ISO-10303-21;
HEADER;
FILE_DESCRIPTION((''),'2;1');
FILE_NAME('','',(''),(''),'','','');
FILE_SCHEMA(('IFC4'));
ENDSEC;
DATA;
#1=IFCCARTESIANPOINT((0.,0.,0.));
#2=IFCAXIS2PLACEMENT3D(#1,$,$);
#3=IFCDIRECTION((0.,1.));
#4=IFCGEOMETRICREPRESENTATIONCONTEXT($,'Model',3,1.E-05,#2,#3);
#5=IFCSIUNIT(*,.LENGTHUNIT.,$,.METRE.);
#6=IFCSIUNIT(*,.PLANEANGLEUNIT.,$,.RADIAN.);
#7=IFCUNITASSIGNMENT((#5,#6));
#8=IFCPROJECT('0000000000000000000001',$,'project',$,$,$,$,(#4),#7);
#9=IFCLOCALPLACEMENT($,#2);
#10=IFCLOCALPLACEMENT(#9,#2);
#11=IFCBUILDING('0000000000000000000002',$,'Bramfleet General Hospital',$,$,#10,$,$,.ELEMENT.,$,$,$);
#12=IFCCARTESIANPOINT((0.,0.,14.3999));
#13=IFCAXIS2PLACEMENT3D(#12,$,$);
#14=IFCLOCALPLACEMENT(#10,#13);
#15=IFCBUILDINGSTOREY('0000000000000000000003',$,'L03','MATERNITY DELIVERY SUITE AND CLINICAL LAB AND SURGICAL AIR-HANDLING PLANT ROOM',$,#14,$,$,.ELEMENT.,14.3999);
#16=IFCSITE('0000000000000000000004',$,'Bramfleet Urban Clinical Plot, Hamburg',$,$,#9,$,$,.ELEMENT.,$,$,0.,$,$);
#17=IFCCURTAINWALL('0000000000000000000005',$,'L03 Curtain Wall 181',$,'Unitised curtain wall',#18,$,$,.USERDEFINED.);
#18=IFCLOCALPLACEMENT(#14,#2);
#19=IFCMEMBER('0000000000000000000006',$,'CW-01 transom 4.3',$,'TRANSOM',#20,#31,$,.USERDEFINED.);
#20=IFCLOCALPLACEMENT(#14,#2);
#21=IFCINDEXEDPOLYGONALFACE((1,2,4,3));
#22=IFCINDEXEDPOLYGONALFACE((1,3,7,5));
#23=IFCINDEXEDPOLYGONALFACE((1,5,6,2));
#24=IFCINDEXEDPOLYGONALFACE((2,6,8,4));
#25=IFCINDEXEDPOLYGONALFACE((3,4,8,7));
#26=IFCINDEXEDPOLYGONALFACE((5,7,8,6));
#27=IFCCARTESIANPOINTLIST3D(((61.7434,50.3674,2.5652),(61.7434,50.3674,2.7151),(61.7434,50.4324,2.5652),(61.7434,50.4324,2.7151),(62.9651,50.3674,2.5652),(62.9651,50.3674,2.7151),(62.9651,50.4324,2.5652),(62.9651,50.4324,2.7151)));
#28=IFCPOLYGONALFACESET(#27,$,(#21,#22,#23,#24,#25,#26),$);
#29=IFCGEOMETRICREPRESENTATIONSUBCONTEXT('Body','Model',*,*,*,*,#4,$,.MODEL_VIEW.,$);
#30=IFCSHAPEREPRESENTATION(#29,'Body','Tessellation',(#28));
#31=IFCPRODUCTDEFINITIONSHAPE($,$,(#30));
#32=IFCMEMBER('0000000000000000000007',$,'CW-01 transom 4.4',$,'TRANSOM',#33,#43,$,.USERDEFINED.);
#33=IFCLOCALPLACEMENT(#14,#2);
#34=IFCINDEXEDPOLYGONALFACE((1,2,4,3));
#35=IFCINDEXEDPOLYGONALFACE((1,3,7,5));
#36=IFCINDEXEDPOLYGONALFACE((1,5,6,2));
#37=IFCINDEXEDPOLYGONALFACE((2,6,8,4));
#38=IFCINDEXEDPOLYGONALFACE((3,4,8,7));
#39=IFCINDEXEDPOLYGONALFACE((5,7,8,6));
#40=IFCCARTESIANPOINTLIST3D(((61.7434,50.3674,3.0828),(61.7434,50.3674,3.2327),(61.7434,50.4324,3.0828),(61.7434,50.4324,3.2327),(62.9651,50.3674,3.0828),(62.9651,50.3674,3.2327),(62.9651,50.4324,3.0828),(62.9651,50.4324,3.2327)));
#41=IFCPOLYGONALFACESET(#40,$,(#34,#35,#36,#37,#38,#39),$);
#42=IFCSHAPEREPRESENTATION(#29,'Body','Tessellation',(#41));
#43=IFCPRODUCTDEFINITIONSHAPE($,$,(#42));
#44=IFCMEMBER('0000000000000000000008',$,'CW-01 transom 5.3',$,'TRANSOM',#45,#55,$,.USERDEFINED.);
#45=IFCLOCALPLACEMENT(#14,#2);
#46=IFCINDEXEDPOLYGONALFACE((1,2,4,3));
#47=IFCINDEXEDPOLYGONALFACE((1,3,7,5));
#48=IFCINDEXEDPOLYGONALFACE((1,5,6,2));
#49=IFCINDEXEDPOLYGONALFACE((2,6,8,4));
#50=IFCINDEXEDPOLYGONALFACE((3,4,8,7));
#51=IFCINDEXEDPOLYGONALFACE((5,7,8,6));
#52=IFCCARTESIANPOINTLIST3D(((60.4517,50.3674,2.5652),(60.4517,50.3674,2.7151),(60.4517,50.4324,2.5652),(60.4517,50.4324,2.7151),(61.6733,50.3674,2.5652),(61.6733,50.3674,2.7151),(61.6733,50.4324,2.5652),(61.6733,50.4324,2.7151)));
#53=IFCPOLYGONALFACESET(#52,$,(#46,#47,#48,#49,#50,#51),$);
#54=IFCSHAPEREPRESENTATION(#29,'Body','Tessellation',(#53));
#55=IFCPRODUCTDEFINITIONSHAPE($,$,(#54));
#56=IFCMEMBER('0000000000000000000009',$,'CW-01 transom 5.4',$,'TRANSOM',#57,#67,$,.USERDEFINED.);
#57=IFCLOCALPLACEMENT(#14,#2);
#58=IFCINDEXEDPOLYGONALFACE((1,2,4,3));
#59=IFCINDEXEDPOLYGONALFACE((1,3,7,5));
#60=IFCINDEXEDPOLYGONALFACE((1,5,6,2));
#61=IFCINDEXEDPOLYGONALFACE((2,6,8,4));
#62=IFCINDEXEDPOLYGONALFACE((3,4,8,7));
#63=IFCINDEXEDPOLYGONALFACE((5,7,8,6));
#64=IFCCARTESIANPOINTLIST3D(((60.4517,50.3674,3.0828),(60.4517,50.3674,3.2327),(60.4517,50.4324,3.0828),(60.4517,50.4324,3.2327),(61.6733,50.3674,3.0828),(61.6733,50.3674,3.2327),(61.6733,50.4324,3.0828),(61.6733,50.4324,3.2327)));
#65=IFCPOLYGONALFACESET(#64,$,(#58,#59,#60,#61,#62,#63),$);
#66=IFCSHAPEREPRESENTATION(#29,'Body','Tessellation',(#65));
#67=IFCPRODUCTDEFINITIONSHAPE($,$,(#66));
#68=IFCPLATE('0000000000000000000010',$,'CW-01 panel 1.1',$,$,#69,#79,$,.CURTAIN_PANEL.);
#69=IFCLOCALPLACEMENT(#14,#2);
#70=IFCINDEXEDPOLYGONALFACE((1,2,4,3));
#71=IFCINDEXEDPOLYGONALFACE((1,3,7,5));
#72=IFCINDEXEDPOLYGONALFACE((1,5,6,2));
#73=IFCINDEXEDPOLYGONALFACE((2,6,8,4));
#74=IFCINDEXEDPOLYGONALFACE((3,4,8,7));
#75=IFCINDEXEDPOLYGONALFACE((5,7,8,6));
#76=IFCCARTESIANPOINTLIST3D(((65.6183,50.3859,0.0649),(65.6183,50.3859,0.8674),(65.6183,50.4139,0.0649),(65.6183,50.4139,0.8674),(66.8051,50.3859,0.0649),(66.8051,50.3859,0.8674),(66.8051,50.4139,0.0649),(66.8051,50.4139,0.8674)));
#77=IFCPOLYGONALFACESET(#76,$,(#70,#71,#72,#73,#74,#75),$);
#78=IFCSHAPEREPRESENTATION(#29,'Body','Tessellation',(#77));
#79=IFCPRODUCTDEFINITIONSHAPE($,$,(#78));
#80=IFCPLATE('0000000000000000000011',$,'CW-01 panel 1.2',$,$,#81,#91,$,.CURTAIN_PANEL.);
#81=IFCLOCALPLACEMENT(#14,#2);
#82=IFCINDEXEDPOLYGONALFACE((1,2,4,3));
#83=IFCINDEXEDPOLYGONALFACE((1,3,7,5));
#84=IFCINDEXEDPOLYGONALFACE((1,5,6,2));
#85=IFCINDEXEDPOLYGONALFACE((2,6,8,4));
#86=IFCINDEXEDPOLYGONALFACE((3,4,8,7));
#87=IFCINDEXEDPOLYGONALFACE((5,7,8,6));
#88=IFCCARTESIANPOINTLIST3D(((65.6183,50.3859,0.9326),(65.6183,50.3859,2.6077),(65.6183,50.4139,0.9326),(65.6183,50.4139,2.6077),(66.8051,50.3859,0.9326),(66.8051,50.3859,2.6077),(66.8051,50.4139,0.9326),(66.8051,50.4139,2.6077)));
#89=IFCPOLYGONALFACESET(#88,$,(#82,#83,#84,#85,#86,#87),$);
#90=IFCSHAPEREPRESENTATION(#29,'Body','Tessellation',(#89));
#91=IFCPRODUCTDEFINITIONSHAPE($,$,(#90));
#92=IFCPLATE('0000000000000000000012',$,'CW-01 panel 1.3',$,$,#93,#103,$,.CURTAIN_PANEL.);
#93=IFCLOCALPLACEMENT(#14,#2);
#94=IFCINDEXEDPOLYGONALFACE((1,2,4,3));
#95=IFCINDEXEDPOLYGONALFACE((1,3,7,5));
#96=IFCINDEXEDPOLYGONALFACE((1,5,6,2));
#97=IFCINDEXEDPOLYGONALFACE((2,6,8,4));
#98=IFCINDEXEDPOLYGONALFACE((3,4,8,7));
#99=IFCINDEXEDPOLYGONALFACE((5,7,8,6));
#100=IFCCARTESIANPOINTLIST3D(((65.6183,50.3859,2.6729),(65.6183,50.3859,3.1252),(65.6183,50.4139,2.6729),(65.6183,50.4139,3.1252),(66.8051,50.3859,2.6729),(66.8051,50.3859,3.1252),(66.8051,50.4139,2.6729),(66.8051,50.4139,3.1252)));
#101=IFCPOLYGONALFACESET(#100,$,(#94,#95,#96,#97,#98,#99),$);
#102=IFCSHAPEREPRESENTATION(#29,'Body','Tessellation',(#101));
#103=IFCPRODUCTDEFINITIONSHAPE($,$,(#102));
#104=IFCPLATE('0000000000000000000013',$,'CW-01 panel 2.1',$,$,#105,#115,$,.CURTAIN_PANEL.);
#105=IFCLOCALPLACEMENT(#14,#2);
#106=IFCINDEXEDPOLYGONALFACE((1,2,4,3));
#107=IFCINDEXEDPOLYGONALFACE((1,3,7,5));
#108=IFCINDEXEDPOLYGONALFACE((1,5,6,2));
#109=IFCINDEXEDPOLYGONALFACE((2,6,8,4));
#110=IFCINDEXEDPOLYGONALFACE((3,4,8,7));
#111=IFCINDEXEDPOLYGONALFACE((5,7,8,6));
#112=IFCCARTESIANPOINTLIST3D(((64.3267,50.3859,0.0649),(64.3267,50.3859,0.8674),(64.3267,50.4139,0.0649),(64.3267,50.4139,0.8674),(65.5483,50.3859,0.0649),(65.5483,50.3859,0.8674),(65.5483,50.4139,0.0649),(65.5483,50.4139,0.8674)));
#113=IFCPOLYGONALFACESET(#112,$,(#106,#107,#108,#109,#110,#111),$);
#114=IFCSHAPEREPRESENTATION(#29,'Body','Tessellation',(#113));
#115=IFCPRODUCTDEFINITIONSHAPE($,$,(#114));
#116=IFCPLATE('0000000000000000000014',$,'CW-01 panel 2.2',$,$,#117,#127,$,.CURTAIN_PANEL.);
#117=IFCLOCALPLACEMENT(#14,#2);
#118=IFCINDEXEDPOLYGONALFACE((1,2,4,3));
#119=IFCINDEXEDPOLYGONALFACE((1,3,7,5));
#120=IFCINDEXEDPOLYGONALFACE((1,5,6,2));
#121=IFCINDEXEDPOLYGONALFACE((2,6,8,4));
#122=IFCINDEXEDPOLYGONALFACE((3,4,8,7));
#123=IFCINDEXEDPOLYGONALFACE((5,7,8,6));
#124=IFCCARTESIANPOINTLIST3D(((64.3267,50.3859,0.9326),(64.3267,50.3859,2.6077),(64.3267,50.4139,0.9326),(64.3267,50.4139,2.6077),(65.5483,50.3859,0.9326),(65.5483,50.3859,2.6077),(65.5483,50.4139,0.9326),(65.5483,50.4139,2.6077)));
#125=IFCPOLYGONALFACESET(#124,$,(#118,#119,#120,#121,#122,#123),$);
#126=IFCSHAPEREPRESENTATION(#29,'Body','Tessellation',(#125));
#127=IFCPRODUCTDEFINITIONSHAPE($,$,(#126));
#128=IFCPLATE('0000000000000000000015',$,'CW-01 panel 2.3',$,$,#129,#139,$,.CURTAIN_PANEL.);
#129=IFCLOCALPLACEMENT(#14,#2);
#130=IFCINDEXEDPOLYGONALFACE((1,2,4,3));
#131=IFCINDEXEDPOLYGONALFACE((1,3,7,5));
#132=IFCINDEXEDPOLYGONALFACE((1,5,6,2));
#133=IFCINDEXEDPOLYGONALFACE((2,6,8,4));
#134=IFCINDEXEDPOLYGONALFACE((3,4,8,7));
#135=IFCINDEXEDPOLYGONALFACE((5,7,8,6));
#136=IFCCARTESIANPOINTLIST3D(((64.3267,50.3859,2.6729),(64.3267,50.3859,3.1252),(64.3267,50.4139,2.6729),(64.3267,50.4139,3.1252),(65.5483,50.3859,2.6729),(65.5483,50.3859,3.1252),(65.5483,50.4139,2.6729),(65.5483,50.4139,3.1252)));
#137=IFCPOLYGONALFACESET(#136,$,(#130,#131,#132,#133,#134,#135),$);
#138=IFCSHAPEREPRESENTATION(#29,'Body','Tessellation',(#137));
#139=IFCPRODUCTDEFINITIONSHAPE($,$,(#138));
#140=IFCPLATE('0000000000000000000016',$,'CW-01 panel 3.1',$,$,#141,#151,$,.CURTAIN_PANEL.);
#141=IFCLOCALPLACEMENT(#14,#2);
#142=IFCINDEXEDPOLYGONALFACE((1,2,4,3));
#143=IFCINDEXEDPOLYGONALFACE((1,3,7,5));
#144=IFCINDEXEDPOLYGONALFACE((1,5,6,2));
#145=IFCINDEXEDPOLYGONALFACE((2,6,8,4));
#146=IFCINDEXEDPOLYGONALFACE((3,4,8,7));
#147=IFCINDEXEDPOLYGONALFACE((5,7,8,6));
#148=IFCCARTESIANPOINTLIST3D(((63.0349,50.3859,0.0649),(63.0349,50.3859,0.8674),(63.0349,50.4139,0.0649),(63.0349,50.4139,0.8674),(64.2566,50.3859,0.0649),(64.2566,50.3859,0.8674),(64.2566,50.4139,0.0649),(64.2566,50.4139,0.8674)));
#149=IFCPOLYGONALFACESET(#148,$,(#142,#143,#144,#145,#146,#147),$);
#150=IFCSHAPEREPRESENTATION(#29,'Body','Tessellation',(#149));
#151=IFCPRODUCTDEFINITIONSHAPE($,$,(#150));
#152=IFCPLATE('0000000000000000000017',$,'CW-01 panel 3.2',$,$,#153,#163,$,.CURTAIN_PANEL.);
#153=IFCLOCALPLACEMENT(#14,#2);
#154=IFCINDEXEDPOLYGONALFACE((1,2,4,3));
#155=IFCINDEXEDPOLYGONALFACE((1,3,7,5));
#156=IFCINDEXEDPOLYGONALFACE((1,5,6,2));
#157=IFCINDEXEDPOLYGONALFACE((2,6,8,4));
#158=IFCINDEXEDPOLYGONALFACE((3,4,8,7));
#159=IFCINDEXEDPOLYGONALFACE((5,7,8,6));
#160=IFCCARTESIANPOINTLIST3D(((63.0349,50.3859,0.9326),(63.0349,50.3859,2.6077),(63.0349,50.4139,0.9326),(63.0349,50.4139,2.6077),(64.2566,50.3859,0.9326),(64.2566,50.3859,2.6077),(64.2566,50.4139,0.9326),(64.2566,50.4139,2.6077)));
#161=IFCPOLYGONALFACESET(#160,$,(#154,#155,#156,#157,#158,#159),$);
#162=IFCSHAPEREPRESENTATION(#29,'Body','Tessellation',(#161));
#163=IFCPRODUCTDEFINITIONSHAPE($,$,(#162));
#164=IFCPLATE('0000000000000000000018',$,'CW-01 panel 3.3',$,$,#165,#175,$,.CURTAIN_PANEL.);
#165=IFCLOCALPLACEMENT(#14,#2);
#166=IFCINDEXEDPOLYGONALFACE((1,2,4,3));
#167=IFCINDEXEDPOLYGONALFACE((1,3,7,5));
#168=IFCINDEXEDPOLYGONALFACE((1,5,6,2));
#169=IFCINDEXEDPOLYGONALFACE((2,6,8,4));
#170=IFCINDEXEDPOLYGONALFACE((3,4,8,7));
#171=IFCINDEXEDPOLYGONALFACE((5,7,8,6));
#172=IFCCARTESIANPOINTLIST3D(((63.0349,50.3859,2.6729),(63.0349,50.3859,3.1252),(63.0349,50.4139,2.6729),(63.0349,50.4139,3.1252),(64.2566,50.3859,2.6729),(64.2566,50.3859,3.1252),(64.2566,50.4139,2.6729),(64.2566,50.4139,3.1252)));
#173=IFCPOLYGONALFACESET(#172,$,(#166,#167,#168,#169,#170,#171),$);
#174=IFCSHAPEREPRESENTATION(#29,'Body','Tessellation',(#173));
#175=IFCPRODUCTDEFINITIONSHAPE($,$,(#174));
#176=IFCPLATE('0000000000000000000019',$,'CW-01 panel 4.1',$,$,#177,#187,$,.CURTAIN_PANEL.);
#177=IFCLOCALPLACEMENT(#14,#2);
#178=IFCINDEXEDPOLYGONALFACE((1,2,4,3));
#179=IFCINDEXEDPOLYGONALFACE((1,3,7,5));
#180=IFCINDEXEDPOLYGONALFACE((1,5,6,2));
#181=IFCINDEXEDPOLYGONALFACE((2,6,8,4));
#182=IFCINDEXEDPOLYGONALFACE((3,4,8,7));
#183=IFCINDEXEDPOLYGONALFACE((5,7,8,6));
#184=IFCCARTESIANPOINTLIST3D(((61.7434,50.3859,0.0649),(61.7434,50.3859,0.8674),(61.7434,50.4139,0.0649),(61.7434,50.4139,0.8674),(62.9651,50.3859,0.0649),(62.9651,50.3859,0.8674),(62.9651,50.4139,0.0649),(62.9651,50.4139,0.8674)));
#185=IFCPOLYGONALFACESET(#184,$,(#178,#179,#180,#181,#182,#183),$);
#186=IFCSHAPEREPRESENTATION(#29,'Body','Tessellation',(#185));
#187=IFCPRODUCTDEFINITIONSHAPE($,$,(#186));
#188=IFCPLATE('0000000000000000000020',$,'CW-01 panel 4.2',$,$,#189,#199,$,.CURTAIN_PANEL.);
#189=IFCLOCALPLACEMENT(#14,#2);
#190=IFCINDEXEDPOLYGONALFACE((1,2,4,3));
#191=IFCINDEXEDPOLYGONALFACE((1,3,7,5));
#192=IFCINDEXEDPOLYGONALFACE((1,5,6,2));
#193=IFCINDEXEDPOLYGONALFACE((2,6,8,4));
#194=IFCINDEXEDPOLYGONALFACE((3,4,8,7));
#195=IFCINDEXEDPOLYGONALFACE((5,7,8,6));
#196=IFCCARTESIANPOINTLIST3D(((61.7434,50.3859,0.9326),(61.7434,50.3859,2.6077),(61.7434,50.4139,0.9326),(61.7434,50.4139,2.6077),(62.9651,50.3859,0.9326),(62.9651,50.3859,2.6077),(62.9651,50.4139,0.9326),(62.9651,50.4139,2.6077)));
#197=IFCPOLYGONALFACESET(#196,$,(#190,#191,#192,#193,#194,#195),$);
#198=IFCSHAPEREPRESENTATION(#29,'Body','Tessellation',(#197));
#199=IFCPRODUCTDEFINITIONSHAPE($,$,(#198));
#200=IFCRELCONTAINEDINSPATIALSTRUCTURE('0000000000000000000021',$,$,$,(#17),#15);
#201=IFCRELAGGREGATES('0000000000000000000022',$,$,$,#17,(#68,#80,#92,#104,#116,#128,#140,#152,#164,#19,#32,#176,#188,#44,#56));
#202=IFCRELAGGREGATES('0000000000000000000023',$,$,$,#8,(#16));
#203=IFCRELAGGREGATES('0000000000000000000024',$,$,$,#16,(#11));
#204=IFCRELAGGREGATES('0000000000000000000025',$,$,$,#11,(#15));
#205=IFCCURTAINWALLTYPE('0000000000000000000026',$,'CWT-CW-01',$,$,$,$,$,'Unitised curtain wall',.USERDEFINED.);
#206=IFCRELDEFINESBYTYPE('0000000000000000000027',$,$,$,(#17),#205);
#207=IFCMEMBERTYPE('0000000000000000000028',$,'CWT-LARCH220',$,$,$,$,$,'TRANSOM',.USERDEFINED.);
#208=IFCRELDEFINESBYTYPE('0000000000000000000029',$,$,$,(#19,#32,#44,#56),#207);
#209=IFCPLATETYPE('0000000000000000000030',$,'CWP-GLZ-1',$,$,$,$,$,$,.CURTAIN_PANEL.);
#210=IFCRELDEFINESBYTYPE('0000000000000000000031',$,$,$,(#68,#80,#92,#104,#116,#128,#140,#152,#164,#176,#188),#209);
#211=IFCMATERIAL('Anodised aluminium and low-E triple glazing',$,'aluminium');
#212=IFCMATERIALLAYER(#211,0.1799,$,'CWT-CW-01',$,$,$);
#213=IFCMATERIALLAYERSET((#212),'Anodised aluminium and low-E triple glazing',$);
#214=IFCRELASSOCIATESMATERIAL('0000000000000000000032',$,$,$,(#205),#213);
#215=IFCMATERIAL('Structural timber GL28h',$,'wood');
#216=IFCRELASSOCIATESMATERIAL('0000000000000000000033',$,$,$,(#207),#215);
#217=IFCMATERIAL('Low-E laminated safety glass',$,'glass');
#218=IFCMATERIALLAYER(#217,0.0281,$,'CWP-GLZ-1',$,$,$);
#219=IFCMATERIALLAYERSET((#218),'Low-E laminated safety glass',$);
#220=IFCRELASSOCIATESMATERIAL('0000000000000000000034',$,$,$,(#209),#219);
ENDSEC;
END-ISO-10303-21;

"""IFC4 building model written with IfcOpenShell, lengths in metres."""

from ifc_helpers import new_model, si_unit, direction, frame, origin, origin_2d, place, context, subcontext, project, spatial, rectangle, extrude, material, layer, layer_set, material_profile, profile_set, type_object, element, aggregate, save


model = new_model("IFC4")

# Units and contexts
model_context = context("Model", 3, precision=1e-05, world=origin(), true_north=direction((0.0, 1.0)))
body_context = subcontext(model_context, "Body", "Model", "MODEL_VIEW")
ifc_project = project(units=[si_unit("LENGTHUNIT", "METRE"), si_unit("PLANEANGLEUNIT", "RADIAN")], contexts=[model_context])

# Site, building, storey
site_placement = place(None, origin())
site = spatial("IfcSite", under=ifc_project, at=site_placement, Name="Bramfleet Urban Clinical Plot, Hamburg", CompositionType="ELEMENT", RefElevation=0.0)
building_placement = place(site_placement, origin())
building = spatial("IfcBuilding", under=site, at=building_placement, Name="Bramfleet General Hospital", CompositionType="ELEMENT")
storey_placement = place(building_placement, frame((0.0, 0.0, 14.3999)))
storey = spatial("IfcBuildingStorey", under=building, at=storey_placement, Name="L03", Description="MATERNITY DELIVERY SUITE AND CLINICAL LAB AND SURGICAL AIR-HANDLING PLANT ROOM", CompositionType="ELEMENT", Elevation=14.3999)

# Curtain wall, members, plates
ifc_material_1 = material(Name="Anodised aluminium and low-E triple glazing", Category="aluminium")
ifc_layer_1 = layer(ifc_material_1, 0.1799, Name="CWT-CW-01")
ifc_layer_set_1 = layer_set([ifc_layer_1], Name="Anodised aluminium and low-E triple glazing")
curtain_wall_type = type_object("IfcCurtainWallType", Name="CWT-CW-01", ElementType="Unitised curtain wall", PredefinedType="USERDEFINED", material=ifc_layer_set_1)
curtain_wall_placement = place(storey_placement, origin())
curtain_wall = element("IfcCurtainWall", 1, at=curtain_wall_placement, inside=storey, type_object=curtain_wall_type, Name="L03 Curtain Wall 181", ObjectType="Unitised curtain wall", PredefinedType="USERDEFINED")
ifc_material_2 = material(Name="Structural timber GL28h", Category="wood")
ifc_material_profile_1 = material_profile(ifc_material_2, rectangle(XDim=0.0649, YDim=0.1499, at=origin_2d()), Name="LARCH 150x65")
ifc_profile_set_1 = profile_set([ifc_material_profile_1], Name="Structural timber GL28h")
member_type_1 = type_object("IfcMemberType", Name="CWT-LARCH220", ElementType="TRANSOM", PredefinedType="USERDEFINED", material=ifc_profile_set_1)
member_1_placement = place(storey_placement, frame((62.9651, 50.3999, 2.6401), z_axis=(-1.0, 0.0, 0.0), x_axis=(0.0, -1.0, 0.0)))
member_1 = element("IfcMember", 2, at=member_1_placement, type_object=member_type_1, Name="CW-01 transom 4.3", ObjectType="TRANSOM", PredefinedType="USERDEFINED", context=body_context, shape_type="SweptSolid", body=[
    extrude(rectangle(XDim=0.0649, YDim=0.1499, at=origin_2d()), origin(), (0.0, 0.0, 1.0), 1.2217),
])
member_2_placement = place(storey_placement, frame((62.9651, 50.3999, 3.1577), z_axis=(-1.0, 0.0, 0.0), x_axis=(0.0, -1.0, 0.0)))
member_2 = element("IfcMember", 3, at=member_2_placement, type_object=member_type_1, Name="CW-01 transom 4.4", ObjectType="TRANSOM", PredefinedType="USERDEFINED", context=body_context, shape_type="SweptSolid", body=[
    extrude(rectangle(XDim=0.0649, YDim=0.1499, at=origin_2d()), origin(), (0.0, 0.0, 1.0), 1.2217),
])
member_3_placement = place(storey_placement, frame((61.6733, 50.3999, 2.6401), z_axis=(-1.0, 0.0, 0.0), x_axis=(0.0, -1.0, 0.0)))
member_3 = element("IfcMember", 4, at=member_3_placement, type_object=member_type_1, Name="CW-01 transom 5.3", ObjectType="TRANSOM", PredefinedType="USERDEFINED", context=body_context, shape_type="SweptSolid", body=[
    extrude(rectangle(XDim=0.0649, YDim=0.1499, at=origin_2d()), origin(), (0.0, 0.0, 1.0), 1.2217),
])
member_4_placement = place(storey_placement, frame((61.6733, 50.3999, 3.1577), z_axis=(-1.0, 0.0, 0.0), x_axis=(0.0, -1.0, 0.0)))
member_4 = element("IfcMember", 5, at=member_4_placement, type_object=member_type_1, Name="CW-01 transom 5.4", ObjectType="TRANSOM", PredefinedType="USERDEFINED", context=body_context, shape_type="SweptSolid", body=[
    extrude(rectangle(XDim=0.0649, YDim=0.1499, at=origin_2d()), origin(), (0.0, 0.0, 1.0), 1.2217),
])
ifc_material_3 = material(Name="Low-E laminated safety glass", Category="glass")
ifc_layer_2 = layer(ifc_material_3, 0.0281, Name="CWP-GLZ-1")
ifc_layer_set_2 = layer_set([ifc_layer_2], Name="Low-E laminated safety glass")
plate_type = type_object("IfcPlateType", Name="CWP-GLZ-1", PredefinedType="CURTAIN_PANEL", material=ifc_layer_set_2)
plate_1_placement = place(storey_placement, frame((66.2117, 50.3999, 0.0649), z_axis=(0.0, 0.0, 1.0), x_axis=(-1.0, 0.0, 0.0)))
plate_1 = element("IfcPlate", 6, at=plate_1_placement, type_object=plate_type, Name="CW-01 panel 1.1", PredefinedType="CURTAIN_PANEL", context=body_context, shape_type="SweptSolid", body=[
    extrude(rectangle(XDim=1.1868, YDim=0.0281, at=origin_2d()), origin(), (0.0, 0.0, 1.0), 0.8025),
])
plate_2_placement = place(storey_placement, frame((66.2117, 50.3999, 0.9326), z_axis=(0.0, 0.0, 1.0), x_axis=(-1.0, 0.0, 0.0)))
plate_2 = element("IfcPlate", 7, at=plate_2_placement, type_object=plate_type, Name="CW-01 panel 1.2", PredefinedType="CURTAIN_PANEL", context=body_context, shape_type="SweptSolid", body=[
    extrude(rectangle(XDim=1.1868, YDim=0.0281, at=origin_2d()), origin(), (0.0, 0.0, 1.0), 1.675),
])
plate_3_placement = place(storey_placement, frame((66.2117, 50.3999, 2.6729), z_axis=(0.0, 0.0, 1.0), x_axis=(-1.0, 0.0, 0.0)))
plate_3 = element("IfcPlate", 8, at=plate_3_placement, type_object=plate_type, Name="CW-01 panel 1.3", PredefinedType="CURTAIN_PANEL", context=body_context, shape_type="SweptSolid", body=[
    extrude(rectangle(XDim=1.1868, YDim=0.0281, at=origin_2d()), origin(), (0.0, 0.0, 1.0), 0.4524),
])
plate_4_placement = place(storey_placement, frame((64.9375, 50.3999, 0.0649), z_axis=(0.0, 0.0, 1.0), x_axis=(-1.0, 0.0, 0.0)))
plate_4 = element("IfcPlate", 9, at=plate_4_placement, type_object=plate_type, Name="CW-01 panel 2.1", PredefinedType="CURTAIN_PANEL", context=body_context, shape_type="SweptSolid", body=[
    extrude(rectangle(XDim=1.2217, YDim=0.0281, at=origin_2d()), origin(), (0.0, 0.0, 1.0), 0.8025),
])
plate_5_placement = place(storey_placement, frame((64.9375, 50.3999, 0.9326), z_axis=(0.0, 0.0, 1.0), x_axis=(-1.0, 0.0, 0.0)))
plate_5 = element("IfcPlate", 10, at=plate_5_placement, type_object=plate_type, Name="CW-01 panel 2.2", PredefinedType="CURTAIN_PANEL", context=body_context, shape_type="SweptSolid", body=[
    extrude(rectangle(XDim=1.2217, YDim=0.0281, at=origin_2d()), origin(), (0.0, 0.0, 1.0), 1.675),
])
plate_6_placement = place(storey_placement, frame((64.9375, 50.3999, 2.6729), z_axis=(0.0, 0.0, 1.0), x_axis=(-1.0, 0.0, 0.0)))
plate_6 = element("IfcPlate", 11, at=plate_6_placement, type_object=plate_type, Name="CW-01 panel 2.3", PredefinedType="CURTAIN_PANEL", context=body_context, shape_type="SweptSolid", body=[
    extrude(rectangle(XDim=1.2217, YDim=0.0281, at=origin_2d()), origin(), (0.0, 0.0, 1.0), 0.4524),
])
plate_7_placement = place(storey_placement, frame((63.6458, 50.3999, 0.0649), z_axis=(0.0, 0.0, 1.0), x_axis=(-1.0, 0.0, 0.0)))
plate_7 = element("IfcPlate", 12, at=plate_7_placement, type_object=plate_type, Name="CW-01 panel 3.1", PredefinedType="CURTAIN_PANEL", context=body_context, shape_type="SweptSolid", body=[
    extrude(rectangle(XDim=1.2217, YDim=0.0281, at=origin_2d()), origin(), (0.0, 0.0, 1.0), 0.8025),
])
plate_8_placement = place(storey_placement, frame((63.6458, 50.3999, 0.9326), z_axis=(0.0, 0.0, 1.0), x_axis=(-1.0, 0.0, 0.0)))
plate_8 = element("IfcPlate", 13, at=plate_8_placement, type_object=plate_type, Name="CW-01 panel 3.2", PredefinedType="CURTAIN_PANEL", context=body_context, shape_type="SweptSolid", body=[
    extrude(rectangle(XDim=1.2217, YDim=0.0281, at=origin_2d()), origin(), (0.0, 0.0, 1.0), 1.675),
])
plate_9_placement = place(storey_placement, frame((63.6458, 50.3999, 2.6729), z_axis=(0.0, 0.0, 1.0), x_axis=(-1.0, 0.0, 0.0)))
plate_9 = element("IfcPlate", 14, at=plate_9_placement, type_object=plate_type, Name="CW-01 panel 3.3", PredefinedType="CURTAIN_PANEL", context=body_context, shape_type="SweptSolid", body=[
    extrude(rectangle(XDim=1.2217, YDim=0.0281, at=origin_2d()), origin(), (0.0, 0.0, 1.0), 0.4524),
])
plate_10_placement = place(storey_placement, frame((62.3542, 50.3999, 0.0649), z_axis=(0.0, 0.0, 1.0), x_axis=(-1.0, 0.0, 0.0)))
plate_10 = element("IfcPlate", 15, at=plate_10_placement, type_object=plate_type, Name="CW-01 panel 4.1", PredefinedType="CURTAIN_PANEL", context=body_context, shape_type="SweptSolid", body=[
    extrude(rectangle(XDim=1.2217, YDim=0.0281, at=origin_2d()), origin(), (0.0, 0.0, 1.0), 0.8025),
])
plate_11_placement = place(storey_placement, frame((62.3542, 50.3999, 0.9326), z_axis=(0.0, 0.0, 1.0), x_axis=(-1.0, 0.0, 0.0)))
plate_11 = element("IfcPlate", 16, at=plate_11_placement, type_object=plate_type, Name="CW-01 panel 4.2", PredefinedType="CURTAIN_PANEL", context=body_context, shape_type="SweptSolid", body=[
    extrude(rectangle(XDim=1.2217, YDim=0.0281, at=origin_2d()), origin(), (0.0, 0.0, 1.0), 1.675),
])
aggregate(curtain_wall, [plate_1, plate_2, plate_3, plate_4, plate_5, plate_6, plate_7, plate_8, plate_9, member_1, member_2, plate_10, plate_11, member_3, member_4])

save(model, "model.ifc")
